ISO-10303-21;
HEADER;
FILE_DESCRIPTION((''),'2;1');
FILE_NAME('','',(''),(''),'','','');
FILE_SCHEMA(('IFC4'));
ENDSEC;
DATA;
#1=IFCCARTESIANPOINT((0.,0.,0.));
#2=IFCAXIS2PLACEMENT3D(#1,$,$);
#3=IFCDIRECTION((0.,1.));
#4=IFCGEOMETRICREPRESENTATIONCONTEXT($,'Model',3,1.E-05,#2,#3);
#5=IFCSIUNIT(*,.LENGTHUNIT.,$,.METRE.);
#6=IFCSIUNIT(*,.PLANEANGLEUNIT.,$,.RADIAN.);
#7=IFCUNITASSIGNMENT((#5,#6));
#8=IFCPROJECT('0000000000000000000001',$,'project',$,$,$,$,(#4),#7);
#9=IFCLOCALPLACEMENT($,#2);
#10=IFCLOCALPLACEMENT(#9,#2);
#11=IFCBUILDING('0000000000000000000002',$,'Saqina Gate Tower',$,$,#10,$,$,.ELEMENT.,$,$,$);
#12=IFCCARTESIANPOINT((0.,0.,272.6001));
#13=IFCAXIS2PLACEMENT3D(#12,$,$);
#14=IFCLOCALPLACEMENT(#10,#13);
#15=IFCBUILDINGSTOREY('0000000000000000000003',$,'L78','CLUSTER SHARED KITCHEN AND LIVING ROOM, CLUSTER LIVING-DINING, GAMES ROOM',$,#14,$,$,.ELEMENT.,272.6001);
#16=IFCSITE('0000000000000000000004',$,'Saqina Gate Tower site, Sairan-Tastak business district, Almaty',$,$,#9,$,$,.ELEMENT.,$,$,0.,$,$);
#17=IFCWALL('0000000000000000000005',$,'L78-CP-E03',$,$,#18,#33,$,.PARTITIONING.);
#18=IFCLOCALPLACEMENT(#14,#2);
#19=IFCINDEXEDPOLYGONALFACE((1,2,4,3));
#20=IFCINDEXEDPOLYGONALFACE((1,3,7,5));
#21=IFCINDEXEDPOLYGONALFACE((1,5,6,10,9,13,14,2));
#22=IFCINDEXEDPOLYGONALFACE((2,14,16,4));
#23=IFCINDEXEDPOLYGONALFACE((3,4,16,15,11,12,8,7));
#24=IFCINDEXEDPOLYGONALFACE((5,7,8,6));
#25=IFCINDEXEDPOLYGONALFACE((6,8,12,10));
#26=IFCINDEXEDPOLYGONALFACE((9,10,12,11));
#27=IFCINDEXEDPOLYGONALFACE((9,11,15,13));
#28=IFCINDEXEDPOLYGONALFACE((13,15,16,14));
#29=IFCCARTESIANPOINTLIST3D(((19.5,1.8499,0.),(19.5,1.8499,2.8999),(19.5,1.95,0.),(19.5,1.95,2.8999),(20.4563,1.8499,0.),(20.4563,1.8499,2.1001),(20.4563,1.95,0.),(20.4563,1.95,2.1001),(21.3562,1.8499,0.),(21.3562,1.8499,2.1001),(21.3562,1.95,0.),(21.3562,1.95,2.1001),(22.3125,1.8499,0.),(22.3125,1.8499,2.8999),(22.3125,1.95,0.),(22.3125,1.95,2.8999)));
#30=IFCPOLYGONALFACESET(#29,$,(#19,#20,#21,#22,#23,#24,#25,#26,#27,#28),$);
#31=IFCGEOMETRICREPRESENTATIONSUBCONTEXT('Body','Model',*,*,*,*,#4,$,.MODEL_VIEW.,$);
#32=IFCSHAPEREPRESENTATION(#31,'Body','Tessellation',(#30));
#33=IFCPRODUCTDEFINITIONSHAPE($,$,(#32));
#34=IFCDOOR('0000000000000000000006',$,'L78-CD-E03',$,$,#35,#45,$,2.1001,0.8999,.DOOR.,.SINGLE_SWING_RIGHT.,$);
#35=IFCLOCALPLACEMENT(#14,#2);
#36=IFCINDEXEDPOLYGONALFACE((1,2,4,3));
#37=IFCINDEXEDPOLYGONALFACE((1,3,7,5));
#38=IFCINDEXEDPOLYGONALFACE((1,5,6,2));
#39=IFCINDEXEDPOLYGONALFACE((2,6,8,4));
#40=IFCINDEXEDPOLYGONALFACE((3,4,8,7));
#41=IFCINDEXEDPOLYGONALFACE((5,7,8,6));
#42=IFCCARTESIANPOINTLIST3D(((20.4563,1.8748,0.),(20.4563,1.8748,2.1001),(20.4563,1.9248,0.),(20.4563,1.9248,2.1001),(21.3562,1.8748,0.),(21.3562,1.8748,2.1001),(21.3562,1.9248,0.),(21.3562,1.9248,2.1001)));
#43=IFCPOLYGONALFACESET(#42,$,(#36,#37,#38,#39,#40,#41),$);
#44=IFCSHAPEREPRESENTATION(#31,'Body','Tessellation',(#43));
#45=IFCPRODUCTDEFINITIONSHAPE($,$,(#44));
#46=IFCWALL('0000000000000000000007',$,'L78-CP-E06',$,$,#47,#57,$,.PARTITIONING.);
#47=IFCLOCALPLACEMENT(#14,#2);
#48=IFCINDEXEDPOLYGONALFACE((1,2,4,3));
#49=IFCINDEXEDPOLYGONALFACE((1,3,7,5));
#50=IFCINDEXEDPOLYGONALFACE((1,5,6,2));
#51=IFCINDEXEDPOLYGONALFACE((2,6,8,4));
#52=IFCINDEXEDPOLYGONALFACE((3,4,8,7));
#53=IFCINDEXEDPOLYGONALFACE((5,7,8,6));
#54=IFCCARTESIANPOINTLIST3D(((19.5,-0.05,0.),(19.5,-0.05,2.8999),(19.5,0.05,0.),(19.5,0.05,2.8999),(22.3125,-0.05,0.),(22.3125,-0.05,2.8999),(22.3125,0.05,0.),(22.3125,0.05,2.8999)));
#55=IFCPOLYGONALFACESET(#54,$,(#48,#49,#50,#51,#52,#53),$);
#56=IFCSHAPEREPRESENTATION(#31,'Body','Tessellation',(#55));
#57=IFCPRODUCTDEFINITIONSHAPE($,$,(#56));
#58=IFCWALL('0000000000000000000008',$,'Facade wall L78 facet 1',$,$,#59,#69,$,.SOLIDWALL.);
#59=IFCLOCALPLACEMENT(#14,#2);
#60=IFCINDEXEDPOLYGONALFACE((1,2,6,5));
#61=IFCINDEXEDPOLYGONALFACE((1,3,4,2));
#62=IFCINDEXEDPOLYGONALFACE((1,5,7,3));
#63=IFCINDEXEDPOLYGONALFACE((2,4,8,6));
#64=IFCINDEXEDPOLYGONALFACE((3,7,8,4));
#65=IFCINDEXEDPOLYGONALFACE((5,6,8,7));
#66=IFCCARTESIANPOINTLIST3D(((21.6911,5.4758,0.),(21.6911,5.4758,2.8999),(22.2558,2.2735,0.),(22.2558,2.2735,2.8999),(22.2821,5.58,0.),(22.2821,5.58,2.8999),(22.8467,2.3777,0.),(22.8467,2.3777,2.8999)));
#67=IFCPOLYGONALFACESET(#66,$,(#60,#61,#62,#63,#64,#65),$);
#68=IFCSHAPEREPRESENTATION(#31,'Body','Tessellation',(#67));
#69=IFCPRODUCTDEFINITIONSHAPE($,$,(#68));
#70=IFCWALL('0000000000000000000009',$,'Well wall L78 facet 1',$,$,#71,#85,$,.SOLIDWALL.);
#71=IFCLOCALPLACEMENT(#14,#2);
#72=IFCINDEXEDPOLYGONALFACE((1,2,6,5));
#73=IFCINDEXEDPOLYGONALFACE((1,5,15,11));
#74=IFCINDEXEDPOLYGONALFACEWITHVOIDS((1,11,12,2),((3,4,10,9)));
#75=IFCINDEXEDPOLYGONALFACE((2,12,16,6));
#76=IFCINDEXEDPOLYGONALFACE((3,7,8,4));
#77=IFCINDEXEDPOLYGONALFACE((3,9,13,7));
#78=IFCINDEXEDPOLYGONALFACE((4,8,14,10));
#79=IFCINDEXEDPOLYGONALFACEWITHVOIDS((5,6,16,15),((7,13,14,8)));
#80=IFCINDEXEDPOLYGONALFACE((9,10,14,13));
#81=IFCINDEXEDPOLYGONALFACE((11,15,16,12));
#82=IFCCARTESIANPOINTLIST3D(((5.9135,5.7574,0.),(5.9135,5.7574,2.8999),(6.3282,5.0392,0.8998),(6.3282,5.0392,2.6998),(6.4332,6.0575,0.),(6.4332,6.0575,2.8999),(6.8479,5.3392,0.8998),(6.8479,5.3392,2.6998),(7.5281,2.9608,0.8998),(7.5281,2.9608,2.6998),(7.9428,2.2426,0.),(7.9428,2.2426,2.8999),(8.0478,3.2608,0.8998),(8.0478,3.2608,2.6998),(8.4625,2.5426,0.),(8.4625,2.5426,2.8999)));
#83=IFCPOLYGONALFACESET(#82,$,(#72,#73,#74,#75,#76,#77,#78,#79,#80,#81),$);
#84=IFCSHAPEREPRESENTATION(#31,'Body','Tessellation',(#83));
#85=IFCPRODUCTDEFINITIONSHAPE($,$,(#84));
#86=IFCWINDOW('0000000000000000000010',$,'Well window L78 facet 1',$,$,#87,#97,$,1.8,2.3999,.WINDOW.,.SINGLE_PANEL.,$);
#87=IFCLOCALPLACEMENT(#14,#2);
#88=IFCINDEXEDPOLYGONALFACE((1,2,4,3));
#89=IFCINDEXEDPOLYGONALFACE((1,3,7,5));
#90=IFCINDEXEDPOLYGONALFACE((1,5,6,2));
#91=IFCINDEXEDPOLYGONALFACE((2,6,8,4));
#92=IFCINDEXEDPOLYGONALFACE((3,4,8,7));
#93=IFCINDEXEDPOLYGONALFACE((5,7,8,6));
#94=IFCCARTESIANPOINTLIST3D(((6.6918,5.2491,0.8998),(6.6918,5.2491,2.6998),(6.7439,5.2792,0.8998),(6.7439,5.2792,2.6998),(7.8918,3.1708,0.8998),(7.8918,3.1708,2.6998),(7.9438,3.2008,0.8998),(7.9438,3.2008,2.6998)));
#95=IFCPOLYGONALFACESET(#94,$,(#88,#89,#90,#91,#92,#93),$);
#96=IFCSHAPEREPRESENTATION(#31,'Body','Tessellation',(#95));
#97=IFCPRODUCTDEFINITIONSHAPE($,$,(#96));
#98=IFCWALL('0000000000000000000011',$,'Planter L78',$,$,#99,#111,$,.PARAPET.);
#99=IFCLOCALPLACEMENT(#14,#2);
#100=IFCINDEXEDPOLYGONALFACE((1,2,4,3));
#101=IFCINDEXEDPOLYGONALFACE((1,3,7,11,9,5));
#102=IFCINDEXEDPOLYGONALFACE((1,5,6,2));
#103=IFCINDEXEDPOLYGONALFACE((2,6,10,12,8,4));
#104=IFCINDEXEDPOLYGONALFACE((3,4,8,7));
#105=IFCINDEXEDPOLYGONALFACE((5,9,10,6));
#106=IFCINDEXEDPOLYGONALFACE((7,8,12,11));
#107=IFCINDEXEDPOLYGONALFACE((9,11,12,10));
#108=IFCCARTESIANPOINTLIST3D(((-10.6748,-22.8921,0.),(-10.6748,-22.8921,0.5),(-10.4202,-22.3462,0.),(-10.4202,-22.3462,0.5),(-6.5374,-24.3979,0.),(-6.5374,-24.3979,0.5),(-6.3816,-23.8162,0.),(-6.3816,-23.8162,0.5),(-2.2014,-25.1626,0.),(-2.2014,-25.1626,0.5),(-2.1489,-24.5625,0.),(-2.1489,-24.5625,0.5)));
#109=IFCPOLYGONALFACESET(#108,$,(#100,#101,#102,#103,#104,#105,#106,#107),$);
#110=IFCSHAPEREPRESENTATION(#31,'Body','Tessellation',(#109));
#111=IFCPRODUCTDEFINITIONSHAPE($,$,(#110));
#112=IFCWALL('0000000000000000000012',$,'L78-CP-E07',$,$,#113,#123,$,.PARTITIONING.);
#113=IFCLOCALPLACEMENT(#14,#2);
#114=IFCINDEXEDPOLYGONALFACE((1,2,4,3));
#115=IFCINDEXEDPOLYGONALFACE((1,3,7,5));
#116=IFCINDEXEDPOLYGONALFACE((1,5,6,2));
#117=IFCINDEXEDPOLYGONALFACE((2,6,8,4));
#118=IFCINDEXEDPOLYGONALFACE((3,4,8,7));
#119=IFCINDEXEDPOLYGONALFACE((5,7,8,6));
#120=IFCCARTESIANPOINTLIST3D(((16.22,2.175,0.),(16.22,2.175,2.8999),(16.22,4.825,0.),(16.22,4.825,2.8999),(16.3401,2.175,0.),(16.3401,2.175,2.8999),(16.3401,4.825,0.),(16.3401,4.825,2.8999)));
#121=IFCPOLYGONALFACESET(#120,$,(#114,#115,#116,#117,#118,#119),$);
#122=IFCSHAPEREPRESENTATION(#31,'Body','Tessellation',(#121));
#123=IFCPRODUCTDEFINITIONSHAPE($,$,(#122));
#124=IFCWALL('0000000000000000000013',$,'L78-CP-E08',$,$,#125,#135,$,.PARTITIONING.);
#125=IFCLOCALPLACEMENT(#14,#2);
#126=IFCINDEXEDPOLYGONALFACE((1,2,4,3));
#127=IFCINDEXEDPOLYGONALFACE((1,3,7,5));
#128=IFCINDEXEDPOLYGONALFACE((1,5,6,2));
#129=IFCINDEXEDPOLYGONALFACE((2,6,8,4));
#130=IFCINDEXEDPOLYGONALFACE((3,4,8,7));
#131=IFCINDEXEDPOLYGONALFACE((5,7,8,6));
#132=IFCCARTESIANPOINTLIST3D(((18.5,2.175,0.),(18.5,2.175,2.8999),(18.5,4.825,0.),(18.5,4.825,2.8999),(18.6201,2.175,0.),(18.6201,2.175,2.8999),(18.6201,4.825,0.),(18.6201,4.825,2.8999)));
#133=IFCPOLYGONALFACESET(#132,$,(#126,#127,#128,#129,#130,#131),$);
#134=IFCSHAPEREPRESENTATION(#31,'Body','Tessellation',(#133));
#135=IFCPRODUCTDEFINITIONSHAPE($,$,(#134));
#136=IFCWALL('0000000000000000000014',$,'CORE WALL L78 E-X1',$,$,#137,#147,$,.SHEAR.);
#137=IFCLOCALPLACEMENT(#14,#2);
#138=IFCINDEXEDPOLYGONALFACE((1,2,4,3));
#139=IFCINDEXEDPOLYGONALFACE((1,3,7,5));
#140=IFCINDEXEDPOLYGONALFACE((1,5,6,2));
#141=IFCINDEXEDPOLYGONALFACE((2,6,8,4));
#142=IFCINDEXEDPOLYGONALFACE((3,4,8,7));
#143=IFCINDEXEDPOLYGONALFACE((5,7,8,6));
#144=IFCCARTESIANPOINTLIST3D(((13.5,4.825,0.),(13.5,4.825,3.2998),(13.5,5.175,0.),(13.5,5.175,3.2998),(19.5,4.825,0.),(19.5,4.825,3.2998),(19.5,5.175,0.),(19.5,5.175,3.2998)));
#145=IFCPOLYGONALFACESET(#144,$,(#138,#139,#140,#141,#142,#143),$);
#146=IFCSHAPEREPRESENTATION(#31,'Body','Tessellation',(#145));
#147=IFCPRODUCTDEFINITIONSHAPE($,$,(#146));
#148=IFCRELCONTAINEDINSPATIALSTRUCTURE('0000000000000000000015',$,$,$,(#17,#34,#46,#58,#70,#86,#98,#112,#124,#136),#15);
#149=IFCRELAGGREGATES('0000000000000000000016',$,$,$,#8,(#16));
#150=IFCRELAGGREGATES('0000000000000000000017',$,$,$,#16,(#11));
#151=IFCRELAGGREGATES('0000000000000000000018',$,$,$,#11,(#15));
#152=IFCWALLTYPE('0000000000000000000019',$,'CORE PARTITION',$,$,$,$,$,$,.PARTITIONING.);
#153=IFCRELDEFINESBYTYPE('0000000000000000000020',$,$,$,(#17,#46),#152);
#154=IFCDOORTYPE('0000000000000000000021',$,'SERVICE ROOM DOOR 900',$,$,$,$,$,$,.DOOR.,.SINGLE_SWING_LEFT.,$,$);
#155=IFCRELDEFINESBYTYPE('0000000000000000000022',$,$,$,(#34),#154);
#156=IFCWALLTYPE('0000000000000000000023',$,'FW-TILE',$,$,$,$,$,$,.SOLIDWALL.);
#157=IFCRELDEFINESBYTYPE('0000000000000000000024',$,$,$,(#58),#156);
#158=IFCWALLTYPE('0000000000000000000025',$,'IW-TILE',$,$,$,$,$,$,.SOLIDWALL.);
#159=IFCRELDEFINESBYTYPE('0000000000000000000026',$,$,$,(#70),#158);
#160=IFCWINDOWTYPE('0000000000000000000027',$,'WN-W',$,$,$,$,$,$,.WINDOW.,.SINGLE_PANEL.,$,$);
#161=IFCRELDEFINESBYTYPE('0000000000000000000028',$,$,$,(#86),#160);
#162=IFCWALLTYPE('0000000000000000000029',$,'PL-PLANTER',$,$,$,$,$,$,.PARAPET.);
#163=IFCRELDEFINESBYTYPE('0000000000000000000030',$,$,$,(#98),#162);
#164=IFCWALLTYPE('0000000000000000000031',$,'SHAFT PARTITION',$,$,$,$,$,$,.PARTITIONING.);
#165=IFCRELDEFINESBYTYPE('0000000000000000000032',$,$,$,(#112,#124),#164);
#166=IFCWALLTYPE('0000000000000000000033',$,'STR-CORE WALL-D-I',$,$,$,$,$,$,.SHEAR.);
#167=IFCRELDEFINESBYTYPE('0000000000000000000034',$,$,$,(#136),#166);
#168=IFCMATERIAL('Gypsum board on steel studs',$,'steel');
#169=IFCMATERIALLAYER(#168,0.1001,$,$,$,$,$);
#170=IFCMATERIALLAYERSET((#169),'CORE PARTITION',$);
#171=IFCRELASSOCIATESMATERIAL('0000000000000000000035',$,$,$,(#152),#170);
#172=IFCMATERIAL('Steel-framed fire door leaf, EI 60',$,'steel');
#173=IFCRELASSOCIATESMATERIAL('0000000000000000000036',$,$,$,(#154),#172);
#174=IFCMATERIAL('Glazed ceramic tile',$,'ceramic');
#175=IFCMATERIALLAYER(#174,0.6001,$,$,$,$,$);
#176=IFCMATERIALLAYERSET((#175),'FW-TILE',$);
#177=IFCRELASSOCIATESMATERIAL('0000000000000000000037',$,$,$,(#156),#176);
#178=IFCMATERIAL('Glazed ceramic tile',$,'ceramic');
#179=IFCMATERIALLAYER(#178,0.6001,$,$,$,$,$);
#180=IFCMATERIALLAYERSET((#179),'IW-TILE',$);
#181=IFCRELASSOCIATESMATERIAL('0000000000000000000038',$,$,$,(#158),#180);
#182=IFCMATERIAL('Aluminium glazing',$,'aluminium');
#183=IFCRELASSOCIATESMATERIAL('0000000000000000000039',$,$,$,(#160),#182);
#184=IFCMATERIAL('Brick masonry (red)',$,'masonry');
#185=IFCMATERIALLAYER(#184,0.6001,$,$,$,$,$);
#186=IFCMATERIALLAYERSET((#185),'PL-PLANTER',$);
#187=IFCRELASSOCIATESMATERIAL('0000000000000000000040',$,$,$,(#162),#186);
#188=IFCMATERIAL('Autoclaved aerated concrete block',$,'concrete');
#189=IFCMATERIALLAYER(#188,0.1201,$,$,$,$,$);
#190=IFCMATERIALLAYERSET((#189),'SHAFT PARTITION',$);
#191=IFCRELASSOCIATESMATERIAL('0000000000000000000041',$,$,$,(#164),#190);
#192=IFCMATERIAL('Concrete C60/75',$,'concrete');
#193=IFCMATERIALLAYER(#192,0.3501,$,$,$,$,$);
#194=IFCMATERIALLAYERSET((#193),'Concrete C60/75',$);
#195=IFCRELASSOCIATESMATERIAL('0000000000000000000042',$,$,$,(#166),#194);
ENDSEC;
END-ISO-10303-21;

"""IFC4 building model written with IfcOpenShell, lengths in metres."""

from ifc_helpers import new_model, si_unit, direction, frame, frame_2d, origin, place, context, subcontext, project, spatial, polyline, rectangle, outline, extrude, material, layer, layer_set, type_object, element, fill, save


model = new_model("IFC4")

# Units and contexts
model_context = context("Model", 3, precision=1e-05, world=origin(), true_north=direction((0.0, 1.0)))
body_context = subcontext(model_context, "Body", "Model", "MODEL_VIEW")
ifc_project = project(units=[si_unit("LENGTHUNIT", "METRE"), si_unit("PLANEANGLEUNIT", "RADIAN")], contexts=[model_context])

# Site, building, storey
site_placement = place(None, origin())
site = spatial("IfcSite", under=ifc_project, at=site_placement, Name="Saqina Gate Tower site, Sairan-Tastak business district, Almaty", CompositionType="ELEMENT", RefElevation=0.0)
building_placement = place(site_placement, origin())
building = spatial("IfcBuilding", under=site, at=building_placement, Name="Saqina Gate Tower", CompositionType="ELEMENT")
storey_placement = place(building_placement, frame((0.0, 0.0, 272.6001)))
storey = spatial("IfcBuildingStorey", under=building, at=storey_placement, Name="L78", Description="CLUSTER SHARED KITCHEN AND LIVING ROOM, CLUSTER LIVING-DINING, GAMES ROOM", CompositionType="ELEMENT", Elevation=272.6001)

# Shared definitions
ifc_material_1 = material(Name="Gypsum board on steel studs", Category="steel")
ifc_layer_1 = layer(ifc_material_1, 0.1001)
ifc_layer_set_1 = layer_set([ifc_layer_1], Name="CORE PARTITION")
wall_type_1 = type_object("IfcWallType", Name="CORE PARTITION", PredefinedType="PARTITIONING", material=ifc_layer_set_1)

# Wall, opening, door
wall_1_placement = place(storey_placement, frame((19.5, 1.8999, 0.0), z_axis=(0.0, 0.0, 1.0), x_axis=(1.0, 0.0, 0.0)))
wall_1 = element("IfcWall", 1, at=wall_1_placement, inside=storey, type_object=wall_type_1, Name="L78-CP-E03", PredefinedType="PARTITIONING", context=body_context, shape_type="SweptSolid", body=[
    extrude(rectangle(XDim=2.8125, YDim=0.1001, at=frame_2d((1.4062, 0.0))), origin(), (0.0, 0.0, 1.0), 2.8999),
])
opening_1_placement = place(wall_1_placement, frame((0.9563, 0.0, 0.0)))
opening_1 = element("IfcOpeningElement", 2, at=opening_1_placement, cuts=wall_1, PredefinedType="OPENING", context=body_context, shape_type="SweptSolid", body=[
    extrude(rectangle(XDim=0.8999, YDim=2.1001, at=frame_2d((0.45, 1.05))), frame((0.0, 0.062, 0.0), z_axis=(0.0, -1.0, 0.0), x_axis=(1.0, 0.0, 0.0)), (0.0, 0.0, 1.0), 0.124),
])
ifc_material_2 = material(Name="Steel-framed fire door leaf, EI 60", Category="steel")
door_type_1 = type_object("IfcDoorType", Name="SERVICE ROOM DOOR 900", OperationType="SINGLE_SWING_LEFT", PredefinedType="DOOR", material=ifc_material_2)
door_1_placement = place(opening_1_placement, origin())
door_1 = element("IfcDoor", 3, at=door_1_placement, inside=storey, type_object=door_type_1, Name="L78-CD-E03", OperationType="SINGLE_SWING_RIGHT", OverallHeight=2.1001, OverallWidth=0.8999, PredefinedType="DOOR", context=body_context, shape_type="SweptSolid", body=[
    extrude(rectangle(XDim=0.8999, YDim=2.1001, at=frame_2d((0.45, 1.05))), frame((0.0, 0.0249, 0.0), z_axis=(0.0, -1.0, 0.0), x_axis=(1.0, 0.0, 0.0)), (0.0, 0.0, 1.0), 0.05),
])
fill(opening_1, door_1)

# Walls
wall_2_placement = place(storey_placement, frame((19.5, 0.0, 0.0), z_axis=(0.0, 0.0, 1.0), x_axis=(1.0, 0.0, 0.0)))
element("IfcWall", 4, at=wall_2_placement, inside=storey, type_object=wall_type_1, Name="L78-CP-E06", PredefinedType="PARTITIONING", context=body_context, shape_type="SweptSolid", body=[
    extrude(rectangle(XDim=2.8125, YDim=0.1001, at=frame_2d((1.4062, 0.0))), origin(), (0.0, 0.0, 1.0), 2.8999),
])
ifc_material_3 = material(Name="Glazed ceramic tile", Category="ceramic")
ifc_layer_2 = layer(ifc_material_3, 0.6001)
ifc_layer_set_2 = layer_set([ifc_layer_2], Name="FW-TILE")
wall_type_2 = type_object("IfcWallType", Name="FW-TILE", PredefinedType="SOLIDWALL", material=ifc_layer_set_2)
wall_3_placement = place(storey_placement, frame((22.5513, 2.3254, 0.0), z_axis=(0.0, 0.0, 1.0), x_axis=(-0.173657, 0.984806, 0.0)))
element("IfcWall", 5, at=wall_3_placement, inside=storey, type_object=wall_type_2, Name="Facade wall L78 facet 1", PredefinedType="SOLIDWALL", context=body_context, shape_type="SweptSolid", body=[
    extrude(rectangle(XDim=3.2517, YDim=0.6001, at=frame_2d((1.626, 0.0))), origin(), (0.0, 0.0, 1.0), 2.8999),
])

# Wall, opening, window
ifc_material_4 = material(Name="Glazed ceramic tile", Category="ceramic")
ifc_layer_3 = layer(ifc_material_4, 0.6001)
ifc_layer_set_3 = layer_set([ifc_layer_3], Name="IW-TILE")
wall_type_3 = type_object("IfcWallType", Name="IW-TILE", PredefinedType="SOLIDWALL", material=ifc_layer_set_3)
wall_4_placement = place(storey_placement, frame((8.2026, 2.3926, 0.0), z_axis=(0.0, 0.0, 1.0), x_axis=(-0.499995, 0.866028, 0.0)))
wall_4 = element("IfcWall", 6, at=wall_4_placement, inside=storey, type_object=wall_type_3, Name="Well wall L78 facet 1", PredefinedType="SOLIDWALL", context=body_context, shape_type="SweptSolid", body=[
    extrude(rectangle(XDim=4.0586, YDim=0.6001, at=frame_2d((2.0293, 0.0))), origin(), (0.0, 0.0, 1.0), 2.8999),
])
opening_2_placement = place(wall_4_placement, frame((0.8293, 0.0, 0.8999)))
opening_2 = element("IfcOpeningElement", 7, at=opening_2_placement, cuts=wall_4, PredefinedType="OPENING", context=body_context, shape_type="SweptSolid", body=[
    extrude(rectangle(XDim=2.3999, YDim=1.8, at=frame_2d((1.2, 0.8999))), frame((0.0, 0.312, 0.0), z_axis=(0.0, -1.0, 0.0), x_axis=(1.0, 0.0, 0.0)), (0.0, 0.0, 1.0), 0.624),
])
ifc_material_5 = material(Name="Aluminium glazing", Category="aluminium")
window_type = type_object("IfcWindowType", Name="WN-W", PartitioningType="SINGLE_PANEL", PredefinedType="WINDOW", material=ifc_material_5)
window_placement = place(opening_2_placement, origin())
window = element("IfcWindow", 8, at=window_placement, inside=storey, type_object=window_type, Name="Well window L78 facet 1", OverallHeight=1.8, OverallWidth=2.3999, PartitioningType="SINGLE_PANEL", PredefinedType="WINDOW", context=body_context, shape_type="SweptSolid", body=[
    extrude(rectangle(XDim=2.3999, YDim=1.8, at=frame_2d((1.2, 0.8999))), frame((0.0, -0.1199, 0.0), z_axis=(0.0, -1.0, 0.0), x_axis=(1.0, 0.0, 0.0)), (0.0, 0.0, 1.0), 0.0601),
])
fill(opening_2, window)

# Walls
ifc_material_6 = material(Name="Brick masonry (red)", Category="masonry")
ifc_layer_4 = layer(ifc_material_6, 0.6001)
ifc_layer_set_4 = layer_set([ifc_layer_4], Name="PL-PLANTER")
wall_type_4 = type_object("IfcWallType", Name="PL-PLANTER", PredefinedType="PARAPET", material=ifc_layer_set_4)
wall_5_placement = place(storey_placement, origin())
element("IfcWall", 9, at=wall_5_placement, inside=storey, type_object=wall_type_4, Name="Planter L78", PredefinedType="PARAPET", context=body_context, shape_type="SweptSolid", body=[
    extrude(outline(polyline([(-10.6748, -22.8921), (-6.5374, -24.3979), (-2.2014, -25.1626), (-2.1489, -24.5625), (-6.3816, -23.8162), (-10.4202, -22.3462), (-10.6748, -22.8921)])), origin(), (0.0, 0.0, 1.0), 0.5),
])
ifc_material_7 = material(Name="Autoclaved aerated concrete block", Category="concrete")
ifc_layer_5 = layer(ifc_material_7, 0.1201)
ifc_layer_set_5 = layer_set([ifc_layer_5], Name="SHAFT PARTITION")
wall_type_5 = type_object("IfcWallType", Name="SHAFT PARTITION", PredefinedType="PARTITIONING", material=ifc_layer_set_5)
for number, where, z_axis, x_axis, name in (
    (10, (16.28, 2.175, 0.0), (0.0, 0.0, 1.0), (0.0, 1.0, 0.0), "L78-CP-E07"),
    (11, (18.5601, 2.175, 0.0), (0.0, 0.0, 1.0), (0.0, 1.0, 0.0), "L78-CP-E08"),
):
    element("IfcWall", number, at=place(storey_placement, frame(where, z_axis=z_axis, x_axis=x_axis)), inside=storey, type_object=wall_type_5, Name=name, PredefinedType="PARTITIONING", context=body_context, shape_type="SweptSolid", body=[
        extrude(rectangle(XDim=2.6499, YDim=0.1201, at=frame_2d((1.325, 0.0))), origin(), (0.0, 0.0, 1.0), 2.8999),
    ])
ifc_material_8 = material(Name="Concrete C60/75", Category="concrete")
ifc_layer_6 = layer(ifc_material_8, 0.3501)
ifc_layer_set_6 = layer_set([ifc_layer_6], Name="Concrete C60/75")
wall_type_6 = type_object("IfcWallType", Name="STR-CORE WALL-D-I", PredefinedType="SHEAR", material=ifc_layer_set_6)
wall_6_placement = place(storey_placement, frame((13.5, 5.0, 0.0), z_axis=(0.0, 0.0, 1.0), x_axis=(1.0, 0.0, 0.0)))
element("IfcWall", 12, at=wall_6_placement, inside=storey, type_object=wall_type_6, Name="CORE WALL L78 E-X1", PredefinedType="SHEAR", context=body_context, shape_type="SweptSolid", body=[
    extrude(rectangle(XDim=6.0, YDim=0.3501, at=frame_2d((3.0, 0.0))), origin(), (0.0, 0.0, 1.0), 3.2998),
])

save(model, "model.ifc")
